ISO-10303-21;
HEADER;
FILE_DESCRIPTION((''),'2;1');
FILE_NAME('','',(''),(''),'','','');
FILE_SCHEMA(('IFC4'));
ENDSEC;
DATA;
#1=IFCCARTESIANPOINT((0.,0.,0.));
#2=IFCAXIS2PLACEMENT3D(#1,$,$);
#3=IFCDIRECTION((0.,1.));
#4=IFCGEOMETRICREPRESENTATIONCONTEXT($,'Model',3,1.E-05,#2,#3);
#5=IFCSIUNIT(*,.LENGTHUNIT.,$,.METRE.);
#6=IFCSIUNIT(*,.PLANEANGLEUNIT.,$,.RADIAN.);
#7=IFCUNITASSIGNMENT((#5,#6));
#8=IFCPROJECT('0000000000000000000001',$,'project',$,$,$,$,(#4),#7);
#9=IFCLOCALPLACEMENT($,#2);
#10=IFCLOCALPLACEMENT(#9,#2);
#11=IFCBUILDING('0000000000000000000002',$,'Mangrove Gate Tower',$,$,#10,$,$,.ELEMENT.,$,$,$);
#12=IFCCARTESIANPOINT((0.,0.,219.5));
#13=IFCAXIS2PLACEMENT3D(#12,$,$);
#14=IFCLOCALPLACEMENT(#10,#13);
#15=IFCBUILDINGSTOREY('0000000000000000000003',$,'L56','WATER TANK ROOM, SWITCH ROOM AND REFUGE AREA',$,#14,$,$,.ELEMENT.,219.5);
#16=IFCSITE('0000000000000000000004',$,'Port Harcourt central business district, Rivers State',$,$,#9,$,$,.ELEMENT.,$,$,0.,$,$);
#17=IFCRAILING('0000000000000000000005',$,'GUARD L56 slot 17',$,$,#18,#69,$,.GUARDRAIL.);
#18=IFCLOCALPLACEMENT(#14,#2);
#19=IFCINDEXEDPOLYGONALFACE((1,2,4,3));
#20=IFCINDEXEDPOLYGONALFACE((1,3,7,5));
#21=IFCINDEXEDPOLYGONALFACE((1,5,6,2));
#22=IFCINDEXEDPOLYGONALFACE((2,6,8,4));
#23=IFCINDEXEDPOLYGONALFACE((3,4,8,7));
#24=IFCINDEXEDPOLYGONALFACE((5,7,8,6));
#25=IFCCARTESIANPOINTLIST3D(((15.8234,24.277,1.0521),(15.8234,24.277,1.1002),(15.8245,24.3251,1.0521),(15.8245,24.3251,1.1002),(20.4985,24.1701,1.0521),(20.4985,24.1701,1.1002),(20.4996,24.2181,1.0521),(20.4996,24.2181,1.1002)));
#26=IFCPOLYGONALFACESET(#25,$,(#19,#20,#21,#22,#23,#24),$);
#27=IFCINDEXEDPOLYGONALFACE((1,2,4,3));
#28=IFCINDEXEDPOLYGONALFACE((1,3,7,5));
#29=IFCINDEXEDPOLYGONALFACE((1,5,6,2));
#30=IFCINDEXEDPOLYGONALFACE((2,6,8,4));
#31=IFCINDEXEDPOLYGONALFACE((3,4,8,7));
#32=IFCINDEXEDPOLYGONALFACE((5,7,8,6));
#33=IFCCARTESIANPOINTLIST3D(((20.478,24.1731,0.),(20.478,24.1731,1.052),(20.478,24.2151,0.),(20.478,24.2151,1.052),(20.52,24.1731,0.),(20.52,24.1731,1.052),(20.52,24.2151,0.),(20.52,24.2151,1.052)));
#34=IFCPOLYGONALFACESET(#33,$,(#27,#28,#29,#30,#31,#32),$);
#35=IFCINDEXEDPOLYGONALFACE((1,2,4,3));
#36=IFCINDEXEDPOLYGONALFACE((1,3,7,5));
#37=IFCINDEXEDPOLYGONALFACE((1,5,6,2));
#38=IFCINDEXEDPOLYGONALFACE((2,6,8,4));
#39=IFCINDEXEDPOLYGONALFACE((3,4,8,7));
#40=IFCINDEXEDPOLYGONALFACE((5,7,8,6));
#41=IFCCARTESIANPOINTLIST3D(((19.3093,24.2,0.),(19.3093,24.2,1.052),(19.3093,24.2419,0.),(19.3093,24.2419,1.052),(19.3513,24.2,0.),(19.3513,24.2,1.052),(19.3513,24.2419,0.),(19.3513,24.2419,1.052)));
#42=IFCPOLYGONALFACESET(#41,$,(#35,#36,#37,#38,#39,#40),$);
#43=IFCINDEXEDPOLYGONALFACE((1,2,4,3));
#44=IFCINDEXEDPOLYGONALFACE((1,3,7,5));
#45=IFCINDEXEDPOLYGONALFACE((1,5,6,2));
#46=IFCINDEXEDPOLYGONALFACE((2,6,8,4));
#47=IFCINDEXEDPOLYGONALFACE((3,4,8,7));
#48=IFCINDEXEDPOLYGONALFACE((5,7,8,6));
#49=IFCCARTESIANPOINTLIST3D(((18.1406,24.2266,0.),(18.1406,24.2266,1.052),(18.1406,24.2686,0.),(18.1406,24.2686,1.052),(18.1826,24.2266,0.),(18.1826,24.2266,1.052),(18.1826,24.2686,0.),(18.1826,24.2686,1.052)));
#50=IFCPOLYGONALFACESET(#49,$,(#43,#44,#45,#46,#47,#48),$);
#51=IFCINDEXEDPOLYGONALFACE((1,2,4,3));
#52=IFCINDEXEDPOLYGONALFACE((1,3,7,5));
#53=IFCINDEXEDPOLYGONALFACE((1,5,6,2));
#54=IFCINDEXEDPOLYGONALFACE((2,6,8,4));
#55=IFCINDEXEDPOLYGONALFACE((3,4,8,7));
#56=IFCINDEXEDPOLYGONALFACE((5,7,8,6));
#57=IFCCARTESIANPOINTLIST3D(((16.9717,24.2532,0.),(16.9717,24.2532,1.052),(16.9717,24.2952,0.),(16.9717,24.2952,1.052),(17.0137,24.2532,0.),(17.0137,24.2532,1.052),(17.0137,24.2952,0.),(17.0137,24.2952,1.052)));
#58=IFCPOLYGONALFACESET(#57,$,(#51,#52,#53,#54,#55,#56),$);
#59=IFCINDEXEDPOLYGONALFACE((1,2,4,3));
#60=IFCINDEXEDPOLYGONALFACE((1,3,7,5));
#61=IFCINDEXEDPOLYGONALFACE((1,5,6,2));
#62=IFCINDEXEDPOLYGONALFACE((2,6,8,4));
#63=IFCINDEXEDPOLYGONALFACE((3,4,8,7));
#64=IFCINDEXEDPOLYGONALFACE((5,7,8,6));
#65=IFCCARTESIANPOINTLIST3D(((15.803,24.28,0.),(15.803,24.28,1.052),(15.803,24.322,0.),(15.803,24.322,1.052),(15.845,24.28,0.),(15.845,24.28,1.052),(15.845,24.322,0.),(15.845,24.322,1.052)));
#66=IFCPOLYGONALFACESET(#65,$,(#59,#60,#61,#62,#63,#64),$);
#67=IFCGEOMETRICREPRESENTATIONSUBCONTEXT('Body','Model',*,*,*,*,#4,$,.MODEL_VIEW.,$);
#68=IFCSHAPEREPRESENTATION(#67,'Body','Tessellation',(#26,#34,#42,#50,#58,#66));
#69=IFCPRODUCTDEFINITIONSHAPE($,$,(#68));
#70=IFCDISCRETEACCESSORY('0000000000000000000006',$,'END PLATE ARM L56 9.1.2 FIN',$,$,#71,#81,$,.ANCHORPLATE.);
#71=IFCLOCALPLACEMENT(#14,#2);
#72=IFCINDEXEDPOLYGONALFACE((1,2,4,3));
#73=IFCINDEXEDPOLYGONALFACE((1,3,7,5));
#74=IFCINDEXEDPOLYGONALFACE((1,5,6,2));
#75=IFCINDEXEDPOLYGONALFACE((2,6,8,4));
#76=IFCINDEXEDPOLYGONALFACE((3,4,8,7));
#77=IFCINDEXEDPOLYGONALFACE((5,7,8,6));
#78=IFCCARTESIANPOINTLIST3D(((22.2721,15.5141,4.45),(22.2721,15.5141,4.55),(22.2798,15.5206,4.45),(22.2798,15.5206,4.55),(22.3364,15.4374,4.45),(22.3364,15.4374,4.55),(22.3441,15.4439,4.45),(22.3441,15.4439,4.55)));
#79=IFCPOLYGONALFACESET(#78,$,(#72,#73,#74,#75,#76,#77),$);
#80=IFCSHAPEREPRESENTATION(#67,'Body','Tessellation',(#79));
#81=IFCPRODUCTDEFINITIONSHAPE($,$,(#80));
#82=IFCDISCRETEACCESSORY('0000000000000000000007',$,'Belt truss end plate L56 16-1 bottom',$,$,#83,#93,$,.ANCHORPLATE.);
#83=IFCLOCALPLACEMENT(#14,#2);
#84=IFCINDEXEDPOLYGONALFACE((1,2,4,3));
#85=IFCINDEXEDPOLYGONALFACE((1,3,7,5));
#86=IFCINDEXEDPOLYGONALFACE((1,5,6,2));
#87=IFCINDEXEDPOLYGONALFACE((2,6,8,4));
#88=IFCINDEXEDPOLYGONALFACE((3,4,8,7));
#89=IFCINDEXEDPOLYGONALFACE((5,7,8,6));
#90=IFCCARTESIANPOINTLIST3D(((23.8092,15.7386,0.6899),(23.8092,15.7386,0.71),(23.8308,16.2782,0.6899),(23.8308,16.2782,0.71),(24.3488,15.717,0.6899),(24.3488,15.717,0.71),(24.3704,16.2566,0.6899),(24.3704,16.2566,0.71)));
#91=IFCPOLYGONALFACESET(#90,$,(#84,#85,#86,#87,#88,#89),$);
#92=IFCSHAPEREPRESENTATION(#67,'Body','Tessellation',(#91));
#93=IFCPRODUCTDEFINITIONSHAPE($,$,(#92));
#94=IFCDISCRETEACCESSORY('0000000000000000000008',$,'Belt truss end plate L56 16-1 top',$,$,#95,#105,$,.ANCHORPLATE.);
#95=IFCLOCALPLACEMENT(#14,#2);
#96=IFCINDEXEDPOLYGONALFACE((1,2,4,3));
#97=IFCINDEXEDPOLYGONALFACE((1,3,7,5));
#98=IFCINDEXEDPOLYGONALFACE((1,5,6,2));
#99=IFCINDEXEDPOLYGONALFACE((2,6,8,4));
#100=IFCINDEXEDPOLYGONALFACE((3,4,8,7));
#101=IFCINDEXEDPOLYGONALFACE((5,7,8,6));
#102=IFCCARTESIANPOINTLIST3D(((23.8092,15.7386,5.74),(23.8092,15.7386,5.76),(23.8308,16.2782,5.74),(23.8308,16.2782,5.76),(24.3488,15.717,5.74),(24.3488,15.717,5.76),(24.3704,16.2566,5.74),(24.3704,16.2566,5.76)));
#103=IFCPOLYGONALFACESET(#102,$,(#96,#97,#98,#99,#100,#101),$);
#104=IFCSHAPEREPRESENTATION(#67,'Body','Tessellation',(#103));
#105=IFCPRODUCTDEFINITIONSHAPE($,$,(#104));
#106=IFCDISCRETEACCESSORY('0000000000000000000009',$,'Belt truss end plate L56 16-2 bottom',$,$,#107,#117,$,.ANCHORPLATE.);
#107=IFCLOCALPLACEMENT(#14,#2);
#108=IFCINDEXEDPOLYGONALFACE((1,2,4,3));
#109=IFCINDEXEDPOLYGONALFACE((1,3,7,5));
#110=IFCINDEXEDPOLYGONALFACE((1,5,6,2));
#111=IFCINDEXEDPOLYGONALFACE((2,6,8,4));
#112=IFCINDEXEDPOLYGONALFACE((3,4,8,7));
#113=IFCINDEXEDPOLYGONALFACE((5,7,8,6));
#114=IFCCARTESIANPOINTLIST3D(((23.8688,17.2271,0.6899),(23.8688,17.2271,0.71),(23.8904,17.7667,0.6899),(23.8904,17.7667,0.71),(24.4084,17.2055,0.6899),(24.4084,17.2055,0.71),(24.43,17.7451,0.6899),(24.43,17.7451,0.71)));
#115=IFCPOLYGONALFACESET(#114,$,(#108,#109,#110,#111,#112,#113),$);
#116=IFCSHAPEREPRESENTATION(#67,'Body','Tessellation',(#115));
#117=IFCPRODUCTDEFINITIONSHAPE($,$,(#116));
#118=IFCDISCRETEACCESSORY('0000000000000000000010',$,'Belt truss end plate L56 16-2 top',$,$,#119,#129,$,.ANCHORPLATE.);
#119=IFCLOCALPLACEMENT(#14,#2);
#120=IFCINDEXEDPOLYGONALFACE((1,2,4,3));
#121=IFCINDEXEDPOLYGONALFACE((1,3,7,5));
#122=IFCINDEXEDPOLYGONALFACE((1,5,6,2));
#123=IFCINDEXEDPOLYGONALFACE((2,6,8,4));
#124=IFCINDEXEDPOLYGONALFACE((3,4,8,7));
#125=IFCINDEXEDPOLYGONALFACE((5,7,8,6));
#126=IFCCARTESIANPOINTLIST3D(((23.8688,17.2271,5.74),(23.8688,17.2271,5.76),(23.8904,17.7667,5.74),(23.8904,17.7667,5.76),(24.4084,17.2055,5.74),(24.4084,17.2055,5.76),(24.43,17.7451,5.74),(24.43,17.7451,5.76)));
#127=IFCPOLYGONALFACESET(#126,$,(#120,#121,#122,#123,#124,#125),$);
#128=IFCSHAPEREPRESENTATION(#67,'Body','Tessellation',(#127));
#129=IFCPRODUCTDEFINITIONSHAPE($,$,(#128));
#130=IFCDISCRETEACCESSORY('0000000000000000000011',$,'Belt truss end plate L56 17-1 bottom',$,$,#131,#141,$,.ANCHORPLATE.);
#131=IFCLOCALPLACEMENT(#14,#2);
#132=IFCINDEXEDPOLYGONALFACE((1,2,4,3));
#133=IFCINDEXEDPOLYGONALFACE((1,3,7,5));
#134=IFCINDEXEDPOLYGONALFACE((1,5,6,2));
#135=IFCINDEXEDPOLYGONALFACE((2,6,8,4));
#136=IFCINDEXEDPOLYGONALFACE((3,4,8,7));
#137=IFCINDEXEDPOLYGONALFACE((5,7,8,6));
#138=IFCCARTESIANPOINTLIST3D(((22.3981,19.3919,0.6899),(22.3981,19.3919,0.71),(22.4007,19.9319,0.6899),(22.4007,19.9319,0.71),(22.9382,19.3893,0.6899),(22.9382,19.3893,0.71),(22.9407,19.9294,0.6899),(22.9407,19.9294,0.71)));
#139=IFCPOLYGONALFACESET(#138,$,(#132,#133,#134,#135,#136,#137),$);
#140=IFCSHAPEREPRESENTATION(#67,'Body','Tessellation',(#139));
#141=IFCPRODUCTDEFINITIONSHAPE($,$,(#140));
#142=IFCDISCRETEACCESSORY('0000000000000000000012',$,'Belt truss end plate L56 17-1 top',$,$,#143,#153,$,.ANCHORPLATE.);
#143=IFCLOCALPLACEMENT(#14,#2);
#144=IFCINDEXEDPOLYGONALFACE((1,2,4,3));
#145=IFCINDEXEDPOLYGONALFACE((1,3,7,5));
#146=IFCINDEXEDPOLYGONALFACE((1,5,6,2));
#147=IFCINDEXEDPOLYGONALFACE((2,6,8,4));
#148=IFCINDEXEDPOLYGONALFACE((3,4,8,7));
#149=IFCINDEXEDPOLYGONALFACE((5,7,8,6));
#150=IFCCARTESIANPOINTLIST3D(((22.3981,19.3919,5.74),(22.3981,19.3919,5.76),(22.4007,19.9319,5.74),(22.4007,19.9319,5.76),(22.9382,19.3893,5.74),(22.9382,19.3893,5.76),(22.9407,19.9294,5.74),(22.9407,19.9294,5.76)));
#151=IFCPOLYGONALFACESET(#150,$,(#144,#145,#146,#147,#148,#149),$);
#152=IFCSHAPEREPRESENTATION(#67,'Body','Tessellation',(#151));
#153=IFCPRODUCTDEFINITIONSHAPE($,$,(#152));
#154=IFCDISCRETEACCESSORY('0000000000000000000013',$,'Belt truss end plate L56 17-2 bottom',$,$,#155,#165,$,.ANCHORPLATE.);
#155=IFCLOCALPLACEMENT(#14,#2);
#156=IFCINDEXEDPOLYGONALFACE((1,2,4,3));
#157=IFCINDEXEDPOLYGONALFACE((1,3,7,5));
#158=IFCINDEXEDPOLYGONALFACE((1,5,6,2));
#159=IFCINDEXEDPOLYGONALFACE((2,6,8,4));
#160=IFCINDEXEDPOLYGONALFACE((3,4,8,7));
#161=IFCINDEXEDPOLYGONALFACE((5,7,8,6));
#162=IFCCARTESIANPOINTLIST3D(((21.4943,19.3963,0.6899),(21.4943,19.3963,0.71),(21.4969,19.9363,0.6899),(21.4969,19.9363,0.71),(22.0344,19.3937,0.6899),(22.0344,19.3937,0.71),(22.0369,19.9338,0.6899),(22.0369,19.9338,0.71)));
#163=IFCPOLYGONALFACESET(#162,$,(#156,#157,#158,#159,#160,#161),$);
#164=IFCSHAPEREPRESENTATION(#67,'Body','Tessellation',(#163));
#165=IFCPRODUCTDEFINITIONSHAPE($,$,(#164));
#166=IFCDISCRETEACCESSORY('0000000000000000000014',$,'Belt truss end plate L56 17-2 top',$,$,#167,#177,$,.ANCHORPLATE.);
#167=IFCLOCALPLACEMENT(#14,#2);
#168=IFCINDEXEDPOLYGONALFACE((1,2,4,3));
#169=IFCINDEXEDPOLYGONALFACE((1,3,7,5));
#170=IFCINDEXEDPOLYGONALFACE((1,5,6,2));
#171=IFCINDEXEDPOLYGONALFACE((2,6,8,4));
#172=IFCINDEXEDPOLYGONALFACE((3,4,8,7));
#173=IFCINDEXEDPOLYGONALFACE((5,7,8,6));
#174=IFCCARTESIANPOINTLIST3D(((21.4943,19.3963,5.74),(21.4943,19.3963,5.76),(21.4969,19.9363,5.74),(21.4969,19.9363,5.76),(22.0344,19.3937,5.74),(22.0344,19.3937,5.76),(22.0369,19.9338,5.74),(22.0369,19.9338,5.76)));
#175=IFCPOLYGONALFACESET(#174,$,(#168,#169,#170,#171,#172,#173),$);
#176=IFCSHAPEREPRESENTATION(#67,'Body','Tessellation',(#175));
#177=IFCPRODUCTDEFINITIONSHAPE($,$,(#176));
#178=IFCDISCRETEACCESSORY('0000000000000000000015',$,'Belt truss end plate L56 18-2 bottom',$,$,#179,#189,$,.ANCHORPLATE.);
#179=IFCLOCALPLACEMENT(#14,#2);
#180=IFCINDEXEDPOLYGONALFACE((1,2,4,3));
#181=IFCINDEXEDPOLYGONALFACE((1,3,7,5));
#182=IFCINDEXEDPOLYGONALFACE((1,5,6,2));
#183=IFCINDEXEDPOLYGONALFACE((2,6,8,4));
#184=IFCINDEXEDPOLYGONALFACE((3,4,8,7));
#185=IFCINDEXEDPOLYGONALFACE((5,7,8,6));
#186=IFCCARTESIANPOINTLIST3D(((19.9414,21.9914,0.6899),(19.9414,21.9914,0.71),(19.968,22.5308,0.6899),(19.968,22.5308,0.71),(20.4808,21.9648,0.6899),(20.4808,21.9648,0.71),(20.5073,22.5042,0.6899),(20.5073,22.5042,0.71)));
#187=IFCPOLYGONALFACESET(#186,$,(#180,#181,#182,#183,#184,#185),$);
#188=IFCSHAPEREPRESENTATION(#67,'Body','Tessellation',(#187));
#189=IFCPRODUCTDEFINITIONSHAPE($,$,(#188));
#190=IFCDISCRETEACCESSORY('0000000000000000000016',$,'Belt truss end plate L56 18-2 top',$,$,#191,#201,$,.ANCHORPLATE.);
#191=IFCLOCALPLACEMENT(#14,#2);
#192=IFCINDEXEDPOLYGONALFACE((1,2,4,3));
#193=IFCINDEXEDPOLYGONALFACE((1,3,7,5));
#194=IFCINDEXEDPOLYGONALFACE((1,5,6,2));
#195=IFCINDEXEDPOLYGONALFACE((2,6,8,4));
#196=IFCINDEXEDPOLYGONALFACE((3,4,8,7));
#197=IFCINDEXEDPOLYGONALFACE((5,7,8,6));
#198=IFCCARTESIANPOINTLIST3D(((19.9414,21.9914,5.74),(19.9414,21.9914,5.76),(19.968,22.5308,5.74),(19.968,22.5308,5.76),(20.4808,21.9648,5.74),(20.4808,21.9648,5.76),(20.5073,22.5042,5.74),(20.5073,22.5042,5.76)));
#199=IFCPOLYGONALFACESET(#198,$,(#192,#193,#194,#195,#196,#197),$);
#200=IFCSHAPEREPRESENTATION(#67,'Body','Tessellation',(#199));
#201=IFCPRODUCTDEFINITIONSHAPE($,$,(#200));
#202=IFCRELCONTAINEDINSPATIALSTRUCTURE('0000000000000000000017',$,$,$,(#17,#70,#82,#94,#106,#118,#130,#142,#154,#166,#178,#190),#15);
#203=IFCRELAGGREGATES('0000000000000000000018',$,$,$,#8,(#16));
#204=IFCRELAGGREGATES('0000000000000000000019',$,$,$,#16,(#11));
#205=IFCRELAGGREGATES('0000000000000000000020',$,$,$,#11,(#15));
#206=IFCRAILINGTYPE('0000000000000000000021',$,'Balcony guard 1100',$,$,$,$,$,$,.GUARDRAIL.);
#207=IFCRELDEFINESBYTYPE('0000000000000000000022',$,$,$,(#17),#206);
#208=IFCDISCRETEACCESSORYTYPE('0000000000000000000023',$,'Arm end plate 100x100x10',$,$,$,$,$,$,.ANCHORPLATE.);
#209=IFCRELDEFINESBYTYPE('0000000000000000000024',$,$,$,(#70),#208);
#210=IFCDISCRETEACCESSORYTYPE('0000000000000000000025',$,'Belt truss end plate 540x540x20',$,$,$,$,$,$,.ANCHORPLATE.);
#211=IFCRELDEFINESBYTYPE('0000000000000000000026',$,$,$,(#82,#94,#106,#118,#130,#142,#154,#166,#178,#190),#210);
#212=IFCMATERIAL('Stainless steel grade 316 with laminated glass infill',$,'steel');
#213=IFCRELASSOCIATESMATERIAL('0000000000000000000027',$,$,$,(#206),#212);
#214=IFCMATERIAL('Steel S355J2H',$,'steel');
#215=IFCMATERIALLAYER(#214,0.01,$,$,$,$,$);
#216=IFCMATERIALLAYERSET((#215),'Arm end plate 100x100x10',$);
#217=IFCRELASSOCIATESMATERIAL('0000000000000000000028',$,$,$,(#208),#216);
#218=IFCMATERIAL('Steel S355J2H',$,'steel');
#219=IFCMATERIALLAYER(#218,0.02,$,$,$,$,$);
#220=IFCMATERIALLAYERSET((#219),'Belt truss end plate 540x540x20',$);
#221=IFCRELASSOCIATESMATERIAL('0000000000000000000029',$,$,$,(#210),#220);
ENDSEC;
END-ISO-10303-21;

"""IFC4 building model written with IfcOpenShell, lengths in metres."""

from ifc_helpers import new_model, si_unit, direction, frame, origin, origin_2d, place, context, subcontext, project, spatial, rectangle, extrude, material, layer, layer_set, type_object, element, save


model = new_model("IFC4")

# Units and contexts
model_context = context("Model", 3, precision=1e-05, world=origin(), true_north=direction((0.0, 1.0)))
body_context = subcontext(model_context, "Body", "Model", "MODEL_VIEW")
ifc_project = project(units=[si_unit("LENGTHUNIT", "METRE"), si_unit("PLANEANGLEUNIT", "RADIAN")], contexts=[model_context])

# Site, building, storey
site_placement = place(None, origin())
site = spatial("IfcSite", under=ifc_project, at=site_placement, Name="Port Harcourt central business district, Rivers State", CompositionType="ELEMENT", RefElevation=0.0)
building_placement = place(site_placement, origin())
building = spatial("IfcBuilding", under=site, at=building_placement, Name="Mangrove Gate Tower", CompositionType="ELEMENT")
storey_placement = place(building_placement, frame((0.0, 0.0, 219.5)))
storey = spatial("IfcBuildingStorey", under=building, at=storey_placement, Name="L56", Description="WATER TANK ROOM, SWITCH ROOM AND REFUGE AREA", CompositionType="ELEMENT", Elevation=219.5)

# Railing
ifc_material_1 = material(Name="Stainless steel grade 316 with laminated glass infill", Category="steel")
railing_type = type_object("IfcRailingType", Name="Balcony guard 1100", PredefinedType="GUARDRAIL", material=ifc_material_1)
railing_1_placement = place(storey_placement, frame((20.499, 24.1941, 0.0)))
element("IfcRailing", 1, at=railing_1_placement, inside=storey, type_object=railing_type, Name="GUARD L56 slot 17", PredefinedType="GUARDRAIL", context=body_context, shape_type="SweptSolid", body=[
    extrude(rectangle(XDim=0.0481, YDim=0.0481, at=origin_2d()), frame((0.0, 0.0, 1.0762), z_axis=(-0.999739, 0.022867, 0.0), x_axis=(-0.022867, -0.999739, 0.0)), (0.0, 0.0, 1.0), 4.6763),
    extrude(rectangle(XDim=0.042, YDim=0.042, at=origin_2d()), origin(), (0.0, 0.0, 1.0), 1.052),
    extrude(rectangle(XDim=0.042, YDim=0.042, at=origin_2d()), frame((-1.1687, 0.0269, 0.0)), (0.0, 0.0, 1.0), 1.052),
    extrude(rectangle(XDim=0.042, YDim=0.042, at=origin_2d()), frame((-2.3374, 0.0535, 0.0)), (0.0, 0.0, 1.0), 1.052),
    extrude(rectangle(XDim=0.042, YDim=0.042, at=origin_2d()), frame((-3.5063, 0.0801, 0.0)), (0.0, 0.0, 1.0), 1.052),
    extrude(rectangle(XDim=0.042, YDim=0.042, at=origin_2d()), frame((-4.675, 0.1069, 0.0)), (0.0, 0.0, 1.0), 1.052),
])

# Discrete accessories
ifc_material_2 = material(Name="Steel S355J2H", Category="steel")
ifc_layer_1 = layer(ifc_material_2, 0.01)
ifc_layer_set_1 = layer_set([ifc_layer_1], Name="Arm end plate 100x100x10")
discrete_accessory_type_1 = type_object("IfcDiscreteAccessoryType", Name="Arm end plate 100x100x10", PredefinedType="ANCHORPLATE", material=ifc_layer_set_1)
discrete_accessory_placement = place(storey_placement, frame((22.3081, 15.479, 4.45), z_axis=(0.0, 0.0, 1.0), x_axis=(0.766044, 0.642788, 0.0)))
element("IfcDiscreteAccessory", 2, at=discrete_accessory_placement, inside=storey, type_object=discrete_accessory_type_1, Name="END PLATE ARM L56 9.1.2 FIN", PredefinedType="ANCHORPLATE", context=body_context, shape_type="SweptSolid", body=[
    extrude(rectangle(XDim=0.01, YDim=0.1001, at=origin_2d()), origin(), (0.0, 0.0, 1.0), 0.1001),
])
ifc_material_3 = material(Name="Steel S355J2H", Category="steel")
ifc_layer_2 = layer(ifc_material_3, 0.02)
ifc_layer_set_2 = layer_set([ifc_layer_2], Name="Belt truss end plate 540x540x20")
discrete_accessory_type_2 = type_object("IfcDiscreteAccessoryType", Name="Belt truss end plate 540x540x20", PredefinedType="ANCHORPLATE", material=ifc_layer_set_2)
for number, where, z_axis, x_axis, name in (
    (3, (24.0898, 15.9976, 0.6899), (0.0, 0.0, 1.0), (0.040005, 0.999199, 0.0), "Belt truss end plate L56 16-1 bottom"),
    (4, (24.0898, 15.9976, 5.74), (0.0, 0.0, 1.0), (0.040005, 0.999199, 0.0), "Belt truss end plate L56 16-1 top"),
    (5, (24.1494, 17.4861, 0.6899), (0.0, 0.0, 1.0), (0.040005, 0.999199, 0.0), "Belt truss end plate L56 16-2 bottom"),
    (6, (24.1494, 17.4861, 5.74), (0.0, 0.0, 1.0), (0.040005, 0.999199, 0.0), "Belt truss end plate L56 16-2 top"),
    (7, (22.6694, 19.6606, 0.6899), (0.0, 0.0, 1.0), (-0.999989, 0.004754, 0.0), "Belt truss end plate L56 17-1 bottom"),
    (8, (22.6694, 19.6606, 5.74), (0.0, 0.0, 1.0), (-0.999989, 0.004754, 0.0), "Belt truss end plate L56 17-1 top"),
    (9, (21.7656, 19.665, 0.6899), (0.0, 0.0, 1.0), (-0.999989, 0.004754, 0.0), "Belt truss end plate L56 17-2 bottom"),
    (10, (21.7656, 19.665, 5.74), (0.0, 0.0, 1.0), (-0.999989, 0.004754, 0.0), "Belt truss end plate L56 17-2 top"),
    (11, (20.2244, 22.2478, 0.6899), (0.0, 0.0, 1.0), (0.049211, 0.998788, 0.0), "Belt truss end plate L56 18-2 bottom"),
    (12, (20.2244, 22.2478, 5.74), (0.0, 0.0, 1.0), (0.049211, 0.998788, 0.0), "Belt truss end plate L56 18-2 top"),
):
    element("IfcDiscreteAccessory", number, at=place(storey_placement, frame(where, z_axis=z_axis, x_axis=x_axis)), inside=storey, type_object=discrete_accessory_type_2, Name=name, PredefinedType="ANCHORPLATE", context=body_context, shape_type="SweptSolid", body=[
        extrude(rectangle(XDim=0.54, YDim=0.54, at=origin_2d()), origin(), (0.0, 0.0, 1.0), 0.02),
    ])

save(model, "model.ifc")
